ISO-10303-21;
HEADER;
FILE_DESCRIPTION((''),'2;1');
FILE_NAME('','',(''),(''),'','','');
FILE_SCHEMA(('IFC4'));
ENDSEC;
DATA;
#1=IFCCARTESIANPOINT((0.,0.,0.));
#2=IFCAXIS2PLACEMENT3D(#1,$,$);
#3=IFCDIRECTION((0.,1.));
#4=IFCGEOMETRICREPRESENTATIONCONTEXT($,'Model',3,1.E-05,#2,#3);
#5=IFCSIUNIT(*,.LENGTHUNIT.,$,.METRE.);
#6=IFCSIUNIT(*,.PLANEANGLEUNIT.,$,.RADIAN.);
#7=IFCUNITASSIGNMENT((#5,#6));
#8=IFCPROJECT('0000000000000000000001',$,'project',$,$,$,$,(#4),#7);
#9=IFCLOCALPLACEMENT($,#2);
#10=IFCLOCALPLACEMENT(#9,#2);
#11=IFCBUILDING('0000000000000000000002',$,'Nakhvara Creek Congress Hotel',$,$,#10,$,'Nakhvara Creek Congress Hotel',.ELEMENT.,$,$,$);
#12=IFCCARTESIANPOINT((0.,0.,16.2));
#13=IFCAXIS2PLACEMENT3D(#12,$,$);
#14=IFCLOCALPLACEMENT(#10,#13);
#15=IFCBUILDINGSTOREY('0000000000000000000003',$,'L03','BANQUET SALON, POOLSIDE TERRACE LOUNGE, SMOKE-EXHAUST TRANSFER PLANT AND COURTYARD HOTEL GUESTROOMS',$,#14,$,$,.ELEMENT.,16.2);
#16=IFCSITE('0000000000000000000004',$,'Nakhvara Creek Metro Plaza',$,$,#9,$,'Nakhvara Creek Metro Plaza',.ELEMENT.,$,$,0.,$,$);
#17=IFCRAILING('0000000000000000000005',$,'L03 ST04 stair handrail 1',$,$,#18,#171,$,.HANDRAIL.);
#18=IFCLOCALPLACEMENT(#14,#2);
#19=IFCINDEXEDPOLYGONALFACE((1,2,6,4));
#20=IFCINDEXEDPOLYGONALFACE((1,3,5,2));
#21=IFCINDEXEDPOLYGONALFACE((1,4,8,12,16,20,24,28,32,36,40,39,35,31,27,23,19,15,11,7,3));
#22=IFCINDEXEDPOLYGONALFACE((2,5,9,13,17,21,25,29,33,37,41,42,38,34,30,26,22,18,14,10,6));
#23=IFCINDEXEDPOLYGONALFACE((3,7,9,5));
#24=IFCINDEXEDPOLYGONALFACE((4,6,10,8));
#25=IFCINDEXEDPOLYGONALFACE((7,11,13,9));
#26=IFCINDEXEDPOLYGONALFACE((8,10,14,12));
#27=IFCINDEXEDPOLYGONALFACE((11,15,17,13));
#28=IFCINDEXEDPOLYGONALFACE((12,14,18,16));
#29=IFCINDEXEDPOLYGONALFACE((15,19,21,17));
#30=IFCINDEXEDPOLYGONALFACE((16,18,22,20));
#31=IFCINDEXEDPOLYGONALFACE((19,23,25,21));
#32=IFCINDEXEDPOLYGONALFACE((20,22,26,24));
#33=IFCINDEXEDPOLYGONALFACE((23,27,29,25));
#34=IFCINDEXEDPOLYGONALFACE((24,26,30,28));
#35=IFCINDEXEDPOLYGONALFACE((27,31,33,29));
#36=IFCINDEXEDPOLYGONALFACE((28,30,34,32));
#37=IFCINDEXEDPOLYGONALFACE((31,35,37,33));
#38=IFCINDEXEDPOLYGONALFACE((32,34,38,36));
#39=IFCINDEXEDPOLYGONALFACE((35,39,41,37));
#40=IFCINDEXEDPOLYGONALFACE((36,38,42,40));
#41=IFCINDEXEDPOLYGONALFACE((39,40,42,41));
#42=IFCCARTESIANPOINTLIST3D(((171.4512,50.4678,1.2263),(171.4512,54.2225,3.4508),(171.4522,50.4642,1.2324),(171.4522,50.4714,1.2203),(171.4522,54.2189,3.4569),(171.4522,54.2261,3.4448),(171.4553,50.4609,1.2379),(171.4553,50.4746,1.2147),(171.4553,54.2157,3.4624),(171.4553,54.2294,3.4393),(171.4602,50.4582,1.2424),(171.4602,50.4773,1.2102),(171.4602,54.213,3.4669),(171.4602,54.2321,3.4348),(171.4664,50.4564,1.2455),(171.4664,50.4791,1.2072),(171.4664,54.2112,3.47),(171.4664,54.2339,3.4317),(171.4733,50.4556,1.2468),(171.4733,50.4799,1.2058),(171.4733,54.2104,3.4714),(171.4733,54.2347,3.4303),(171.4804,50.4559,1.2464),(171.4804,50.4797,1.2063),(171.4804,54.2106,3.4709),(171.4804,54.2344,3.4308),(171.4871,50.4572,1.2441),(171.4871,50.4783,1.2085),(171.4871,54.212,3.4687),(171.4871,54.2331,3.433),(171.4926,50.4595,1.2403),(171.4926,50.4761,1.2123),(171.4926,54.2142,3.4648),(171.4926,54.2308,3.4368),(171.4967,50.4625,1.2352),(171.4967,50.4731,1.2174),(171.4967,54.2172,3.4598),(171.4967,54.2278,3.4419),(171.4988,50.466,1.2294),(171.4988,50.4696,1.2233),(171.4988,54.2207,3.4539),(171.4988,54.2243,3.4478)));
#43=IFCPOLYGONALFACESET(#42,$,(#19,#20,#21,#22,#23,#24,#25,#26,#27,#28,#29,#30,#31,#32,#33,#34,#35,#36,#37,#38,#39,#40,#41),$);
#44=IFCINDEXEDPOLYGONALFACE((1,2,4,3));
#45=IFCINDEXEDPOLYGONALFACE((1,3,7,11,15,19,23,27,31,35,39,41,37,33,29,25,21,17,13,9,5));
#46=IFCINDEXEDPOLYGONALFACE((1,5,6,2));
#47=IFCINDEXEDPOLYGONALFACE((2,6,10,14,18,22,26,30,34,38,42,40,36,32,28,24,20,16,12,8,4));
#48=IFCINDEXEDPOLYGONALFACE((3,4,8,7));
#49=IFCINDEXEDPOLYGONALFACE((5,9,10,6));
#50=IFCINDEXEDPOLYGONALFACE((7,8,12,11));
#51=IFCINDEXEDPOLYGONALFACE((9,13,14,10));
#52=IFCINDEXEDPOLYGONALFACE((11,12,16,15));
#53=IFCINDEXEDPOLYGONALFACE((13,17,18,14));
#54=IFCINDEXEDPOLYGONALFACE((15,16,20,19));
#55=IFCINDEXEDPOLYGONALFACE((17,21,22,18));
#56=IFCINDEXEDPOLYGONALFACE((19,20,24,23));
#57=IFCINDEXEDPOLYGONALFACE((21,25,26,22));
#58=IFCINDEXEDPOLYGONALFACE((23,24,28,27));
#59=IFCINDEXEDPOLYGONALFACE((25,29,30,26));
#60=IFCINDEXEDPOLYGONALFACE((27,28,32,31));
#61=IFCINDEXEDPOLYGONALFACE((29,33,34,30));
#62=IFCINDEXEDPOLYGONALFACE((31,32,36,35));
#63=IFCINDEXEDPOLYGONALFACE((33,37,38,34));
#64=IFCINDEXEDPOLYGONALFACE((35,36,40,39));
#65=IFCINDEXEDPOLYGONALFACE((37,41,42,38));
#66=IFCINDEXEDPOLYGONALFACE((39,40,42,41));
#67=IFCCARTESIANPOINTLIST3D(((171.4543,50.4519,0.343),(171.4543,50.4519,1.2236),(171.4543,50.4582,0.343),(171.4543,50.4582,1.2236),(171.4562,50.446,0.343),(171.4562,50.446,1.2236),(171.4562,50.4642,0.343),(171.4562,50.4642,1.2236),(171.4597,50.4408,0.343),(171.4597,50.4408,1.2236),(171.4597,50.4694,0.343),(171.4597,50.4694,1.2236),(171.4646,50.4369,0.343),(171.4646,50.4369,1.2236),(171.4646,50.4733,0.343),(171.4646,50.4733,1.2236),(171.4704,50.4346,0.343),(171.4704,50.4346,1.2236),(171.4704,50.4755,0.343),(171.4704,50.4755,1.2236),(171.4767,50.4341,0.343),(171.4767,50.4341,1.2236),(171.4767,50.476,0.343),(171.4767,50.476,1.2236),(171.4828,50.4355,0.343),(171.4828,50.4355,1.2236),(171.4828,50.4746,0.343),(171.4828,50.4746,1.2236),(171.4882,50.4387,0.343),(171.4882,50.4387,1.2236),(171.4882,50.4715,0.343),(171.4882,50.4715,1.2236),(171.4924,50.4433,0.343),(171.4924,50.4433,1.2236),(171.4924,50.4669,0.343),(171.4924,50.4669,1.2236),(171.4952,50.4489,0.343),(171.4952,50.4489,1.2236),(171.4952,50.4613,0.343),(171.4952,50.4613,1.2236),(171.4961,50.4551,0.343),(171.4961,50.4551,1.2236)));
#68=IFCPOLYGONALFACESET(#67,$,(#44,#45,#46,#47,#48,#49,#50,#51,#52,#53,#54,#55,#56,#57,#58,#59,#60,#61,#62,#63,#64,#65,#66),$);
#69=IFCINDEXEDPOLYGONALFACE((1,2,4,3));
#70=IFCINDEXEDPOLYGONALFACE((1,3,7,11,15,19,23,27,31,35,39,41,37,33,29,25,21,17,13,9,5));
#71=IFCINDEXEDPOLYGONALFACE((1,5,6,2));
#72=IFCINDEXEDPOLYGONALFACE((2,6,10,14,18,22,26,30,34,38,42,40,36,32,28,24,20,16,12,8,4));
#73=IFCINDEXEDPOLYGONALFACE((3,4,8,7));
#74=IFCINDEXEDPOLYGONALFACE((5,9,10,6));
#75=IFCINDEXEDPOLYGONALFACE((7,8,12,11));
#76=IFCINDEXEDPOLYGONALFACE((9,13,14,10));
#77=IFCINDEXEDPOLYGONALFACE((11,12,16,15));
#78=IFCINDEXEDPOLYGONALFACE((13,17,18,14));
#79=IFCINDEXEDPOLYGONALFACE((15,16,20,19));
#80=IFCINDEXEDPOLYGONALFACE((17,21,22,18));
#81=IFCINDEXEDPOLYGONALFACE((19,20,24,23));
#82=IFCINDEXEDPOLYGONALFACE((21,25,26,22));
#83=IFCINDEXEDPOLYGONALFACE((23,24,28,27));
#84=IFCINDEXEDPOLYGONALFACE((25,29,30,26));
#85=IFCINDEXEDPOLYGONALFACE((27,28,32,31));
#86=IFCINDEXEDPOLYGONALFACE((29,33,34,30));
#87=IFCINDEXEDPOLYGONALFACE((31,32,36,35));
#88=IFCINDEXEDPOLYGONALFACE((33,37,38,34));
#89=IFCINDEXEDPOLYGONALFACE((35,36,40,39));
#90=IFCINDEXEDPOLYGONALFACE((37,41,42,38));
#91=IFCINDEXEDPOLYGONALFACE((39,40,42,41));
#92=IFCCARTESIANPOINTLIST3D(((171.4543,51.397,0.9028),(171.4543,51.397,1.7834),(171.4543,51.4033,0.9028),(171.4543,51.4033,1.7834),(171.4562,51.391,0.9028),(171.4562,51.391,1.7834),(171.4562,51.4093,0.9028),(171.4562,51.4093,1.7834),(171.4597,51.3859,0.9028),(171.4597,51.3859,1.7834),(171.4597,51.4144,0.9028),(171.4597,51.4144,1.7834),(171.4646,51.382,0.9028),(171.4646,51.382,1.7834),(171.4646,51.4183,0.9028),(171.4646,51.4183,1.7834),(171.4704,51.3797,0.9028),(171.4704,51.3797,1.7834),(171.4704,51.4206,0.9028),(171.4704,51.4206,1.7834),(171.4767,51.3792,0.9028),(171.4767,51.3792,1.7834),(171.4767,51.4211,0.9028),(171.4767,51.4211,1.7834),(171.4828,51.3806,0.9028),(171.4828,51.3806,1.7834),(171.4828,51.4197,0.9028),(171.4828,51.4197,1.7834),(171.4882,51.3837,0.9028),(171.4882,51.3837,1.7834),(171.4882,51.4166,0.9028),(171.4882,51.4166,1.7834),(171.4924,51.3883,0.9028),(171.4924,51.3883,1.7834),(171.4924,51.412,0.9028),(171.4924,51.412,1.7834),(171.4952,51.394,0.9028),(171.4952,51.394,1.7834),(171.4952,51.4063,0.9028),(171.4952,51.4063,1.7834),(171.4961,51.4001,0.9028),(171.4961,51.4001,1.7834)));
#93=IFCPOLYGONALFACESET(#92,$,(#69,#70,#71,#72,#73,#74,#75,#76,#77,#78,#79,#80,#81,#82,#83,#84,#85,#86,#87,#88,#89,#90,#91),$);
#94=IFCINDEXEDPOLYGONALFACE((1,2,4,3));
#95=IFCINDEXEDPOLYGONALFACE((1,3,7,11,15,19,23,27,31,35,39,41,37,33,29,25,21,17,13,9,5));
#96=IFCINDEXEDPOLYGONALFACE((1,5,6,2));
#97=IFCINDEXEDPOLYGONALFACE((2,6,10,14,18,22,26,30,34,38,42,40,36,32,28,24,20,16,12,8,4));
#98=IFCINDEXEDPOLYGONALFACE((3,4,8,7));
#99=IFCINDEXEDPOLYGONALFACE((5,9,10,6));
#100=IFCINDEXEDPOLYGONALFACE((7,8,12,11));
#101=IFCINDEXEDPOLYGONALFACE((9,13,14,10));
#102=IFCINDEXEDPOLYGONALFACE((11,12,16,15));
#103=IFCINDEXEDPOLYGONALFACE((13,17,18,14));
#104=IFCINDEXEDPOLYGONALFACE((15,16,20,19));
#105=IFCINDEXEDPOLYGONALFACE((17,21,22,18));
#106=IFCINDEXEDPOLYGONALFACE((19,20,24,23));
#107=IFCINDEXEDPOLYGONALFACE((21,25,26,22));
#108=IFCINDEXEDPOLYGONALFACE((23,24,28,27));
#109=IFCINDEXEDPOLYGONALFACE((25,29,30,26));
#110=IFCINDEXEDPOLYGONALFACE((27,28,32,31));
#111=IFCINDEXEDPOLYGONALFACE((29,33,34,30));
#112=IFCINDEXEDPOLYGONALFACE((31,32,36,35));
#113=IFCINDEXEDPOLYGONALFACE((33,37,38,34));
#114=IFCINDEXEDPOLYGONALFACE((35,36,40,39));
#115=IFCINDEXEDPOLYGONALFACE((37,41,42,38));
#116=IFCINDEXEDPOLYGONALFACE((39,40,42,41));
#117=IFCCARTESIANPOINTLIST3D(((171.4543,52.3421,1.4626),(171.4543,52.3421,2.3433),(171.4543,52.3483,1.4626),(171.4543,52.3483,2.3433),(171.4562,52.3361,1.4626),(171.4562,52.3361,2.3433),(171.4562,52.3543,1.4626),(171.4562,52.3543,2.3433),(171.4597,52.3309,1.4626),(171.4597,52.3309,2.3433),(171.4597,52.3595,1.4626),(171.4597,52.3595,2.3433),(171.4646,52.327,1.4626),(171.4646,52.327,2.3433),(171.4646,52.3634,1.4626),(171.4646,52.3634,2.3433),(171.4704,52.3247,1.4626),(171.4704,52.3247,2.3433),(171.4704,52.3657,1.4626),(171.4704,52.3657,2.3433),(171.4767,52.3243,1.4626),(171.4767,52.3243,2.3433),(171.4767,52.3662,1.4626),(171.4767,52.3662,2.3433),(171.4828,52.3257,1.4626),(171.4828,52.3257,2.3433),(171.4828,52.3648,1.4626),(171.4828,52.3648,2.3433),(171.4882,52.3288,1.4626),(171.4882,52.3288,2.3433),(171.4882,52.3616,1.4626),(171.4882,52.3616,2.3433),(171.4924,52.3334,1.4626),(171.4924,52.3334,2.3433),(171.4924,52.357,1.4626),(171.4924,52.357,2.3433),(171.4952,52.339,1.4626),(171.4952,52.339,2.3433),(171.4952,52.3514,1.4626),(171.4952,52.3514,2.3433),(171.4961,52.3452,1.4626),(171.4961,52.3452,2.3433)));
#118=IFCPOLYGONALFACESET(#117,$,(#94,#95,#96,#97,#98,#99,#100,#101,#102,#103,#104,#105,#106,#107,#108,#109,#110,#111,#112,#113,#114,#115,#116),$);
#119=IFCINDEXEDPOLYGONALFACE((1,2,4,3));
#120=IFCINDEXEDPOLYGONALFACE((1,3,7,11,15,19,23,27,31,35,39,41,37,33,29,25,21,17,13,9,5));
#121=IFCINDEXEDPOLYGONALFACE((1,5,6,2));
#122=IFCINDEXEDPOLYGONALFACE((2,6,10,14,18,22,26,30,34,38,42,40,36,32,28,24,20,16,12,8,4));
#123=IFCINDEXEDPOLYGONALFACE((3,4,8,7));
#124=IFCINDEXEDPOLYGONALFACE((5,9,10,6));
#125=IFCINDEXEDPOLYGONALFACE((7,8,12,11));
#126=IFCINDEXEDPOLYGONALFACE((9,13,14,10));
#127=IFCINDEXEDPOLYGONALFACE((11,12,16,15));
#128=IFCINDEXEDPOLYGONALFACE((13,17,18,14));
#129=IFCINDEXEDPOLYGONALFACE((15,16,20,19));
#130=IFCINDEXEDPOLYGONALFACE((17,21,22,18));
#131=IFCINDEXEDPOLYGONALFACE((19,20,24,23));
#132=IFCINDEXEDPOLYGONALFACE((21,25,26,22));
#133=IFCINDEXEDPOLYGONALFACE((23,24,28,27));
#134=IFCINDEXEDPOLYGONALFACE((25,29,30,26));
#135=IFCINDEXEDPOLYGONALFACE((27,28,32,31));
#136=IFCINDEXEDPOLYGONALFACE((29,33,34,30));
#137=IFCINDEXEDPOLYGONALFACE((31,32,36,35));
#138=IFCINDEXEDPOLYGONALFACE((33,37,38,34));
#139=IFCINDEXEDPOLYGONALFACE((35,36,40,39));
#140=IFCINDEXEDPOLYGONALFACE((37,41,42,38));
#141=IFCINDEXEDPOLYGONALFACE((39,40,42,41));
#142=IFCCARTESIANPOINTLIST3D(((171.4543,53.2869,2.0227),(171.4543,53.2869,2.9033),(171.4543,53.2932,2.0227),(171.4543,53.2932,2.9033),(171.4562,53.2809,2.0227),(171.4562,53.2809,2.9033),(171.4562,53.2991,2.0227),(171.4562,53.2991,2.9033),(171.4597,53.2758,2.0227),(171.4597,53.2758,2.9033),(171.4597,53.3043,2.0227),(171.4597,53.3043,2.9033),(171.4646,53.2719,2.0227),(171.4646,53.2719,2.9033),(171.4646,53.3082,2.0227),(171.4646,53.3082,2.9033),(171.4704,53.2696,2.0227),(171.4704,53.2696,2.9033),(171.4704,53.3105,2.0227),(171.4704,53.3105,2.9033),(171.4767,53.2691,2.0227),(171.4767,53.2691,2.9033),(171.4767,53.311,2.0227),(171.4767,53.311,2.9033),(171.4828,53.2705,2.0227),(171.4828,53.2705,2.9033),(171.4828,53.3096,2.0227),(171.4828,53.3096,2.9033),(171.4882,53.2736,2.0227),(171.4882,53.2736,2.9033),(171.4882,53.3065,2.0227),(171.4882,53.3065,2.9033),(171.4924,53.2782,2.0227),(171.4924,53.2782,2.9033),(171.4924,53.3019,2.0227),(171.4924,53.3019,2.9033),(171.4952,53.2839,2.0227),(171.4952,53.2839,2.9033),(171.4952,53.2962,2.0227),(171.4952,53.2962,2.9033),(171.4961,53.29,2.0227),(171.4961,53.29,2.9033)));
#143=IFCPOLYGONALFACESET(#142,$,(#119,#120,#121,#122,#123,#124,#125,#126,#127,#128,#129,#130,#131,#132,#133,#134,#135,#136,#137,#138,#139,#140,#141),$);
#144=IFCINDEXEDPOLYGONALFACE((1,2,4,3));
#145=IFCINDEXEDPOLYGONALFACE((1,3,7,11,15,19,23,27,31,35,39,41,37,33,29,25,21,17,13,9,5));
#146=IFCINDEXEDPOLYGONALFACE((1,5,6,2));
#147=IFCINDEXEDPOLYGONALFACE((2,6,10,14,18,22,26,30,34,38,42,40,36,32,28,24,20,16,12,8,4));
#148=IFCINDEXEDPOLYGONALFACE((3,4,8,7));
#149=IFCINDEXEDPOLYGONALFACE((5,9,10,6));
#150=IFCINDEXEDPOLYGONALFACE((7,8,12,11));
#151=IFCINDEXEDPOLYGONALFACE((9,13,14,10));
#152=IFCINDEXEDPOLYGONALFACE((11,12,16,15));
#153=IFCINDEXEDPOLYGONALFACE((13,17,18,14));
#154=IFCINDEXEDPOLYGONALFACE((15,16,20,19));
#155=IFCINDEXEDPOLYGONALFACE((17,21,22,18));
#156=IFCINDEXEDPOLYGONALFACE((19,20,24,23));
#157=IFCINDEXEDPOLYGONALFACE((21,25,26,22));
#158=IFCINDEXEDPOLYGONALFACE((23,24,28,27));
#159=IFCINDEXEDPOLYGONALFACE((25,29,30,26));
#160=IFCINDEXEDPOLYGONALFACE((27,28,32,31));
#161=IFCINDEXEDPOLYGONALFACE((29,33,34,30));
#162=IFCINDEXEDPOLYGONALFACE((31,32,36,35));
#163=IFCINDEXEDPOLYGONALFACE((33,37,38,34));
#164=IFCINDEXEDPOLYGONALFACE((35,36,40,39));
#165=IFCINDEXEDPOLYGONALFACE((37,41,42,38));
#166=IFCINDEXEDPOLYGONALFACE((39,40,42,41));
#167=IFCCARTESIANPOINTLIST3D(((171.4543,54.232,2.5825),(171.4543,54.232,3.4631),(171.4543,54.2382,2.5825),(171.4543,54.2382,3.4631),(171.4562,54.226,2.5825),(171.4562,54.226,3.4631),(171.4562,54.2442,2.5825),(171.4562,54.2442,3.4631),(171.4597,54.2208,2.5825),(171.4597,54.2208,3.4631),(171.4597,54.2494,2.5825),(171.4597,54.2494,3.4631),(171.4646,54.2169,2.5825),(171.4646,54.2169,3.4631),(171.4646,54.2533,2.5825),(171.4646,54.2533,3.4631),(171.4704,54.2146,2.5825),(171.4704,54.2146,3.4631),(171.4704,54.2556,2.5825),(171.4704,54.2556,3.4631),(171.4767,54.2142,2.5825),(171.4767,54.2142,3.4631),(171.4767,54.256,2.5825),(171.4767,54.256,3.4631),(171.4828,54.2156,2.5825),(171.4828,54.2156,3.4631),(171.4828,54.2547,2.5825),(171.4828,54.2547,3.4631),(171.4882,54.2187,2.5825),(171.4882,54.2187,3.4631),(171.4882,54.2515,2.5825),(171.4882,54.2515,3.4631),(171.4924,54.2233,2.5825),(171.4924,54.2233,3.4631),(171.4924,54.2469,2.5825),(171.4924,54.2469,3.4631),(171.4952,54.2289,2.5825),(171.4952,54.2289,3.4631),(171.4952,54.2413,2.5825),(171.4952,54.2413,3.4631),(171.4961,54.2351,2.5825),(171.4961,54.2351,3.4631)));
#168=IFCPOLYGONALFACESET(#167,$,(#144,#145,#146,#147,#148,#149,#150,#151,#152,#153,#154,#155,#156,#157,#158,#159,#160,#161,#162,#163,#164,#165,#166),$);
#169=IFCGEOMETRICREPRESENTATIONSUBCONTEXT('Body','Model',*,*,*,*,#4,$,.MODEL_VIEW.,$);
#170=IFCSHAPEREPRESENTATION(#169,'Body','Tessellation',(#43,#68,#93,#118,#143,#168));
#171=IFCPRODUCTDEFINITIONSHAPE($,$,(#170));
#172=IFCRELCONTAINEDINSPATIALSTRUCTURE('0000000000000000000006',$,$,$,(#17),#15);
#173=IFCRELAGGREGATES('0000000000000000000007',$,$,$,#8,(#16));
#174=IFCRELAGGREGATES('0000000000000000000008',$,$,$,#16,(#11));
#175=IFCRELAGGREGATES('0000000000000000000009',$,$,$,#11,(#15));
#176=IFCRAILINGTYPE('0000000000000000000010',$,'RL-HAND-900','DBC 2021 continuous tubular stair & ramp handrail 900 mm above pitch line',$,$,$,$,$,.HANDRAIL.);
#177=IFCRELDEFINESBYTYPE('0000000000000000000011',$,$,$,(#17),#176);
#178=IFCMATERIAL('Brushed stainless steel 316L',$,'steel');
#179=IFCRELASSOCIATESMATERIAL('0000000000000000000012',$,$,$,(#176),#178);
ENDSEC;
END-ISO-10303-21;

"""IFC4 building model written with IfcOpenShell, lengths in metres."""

from ifc_helpers import new_model, si_unit, direction, frame, origin, origin_2d, place, context, subcontext, project, spatial, circle, extrude, material, type_object, element, save


model = new_model("IFC4")

# Units and contexts
model_context = context("Model", 3, precision=1e-05, world=origin(), true_north=direction((0.0, 1.0)))
body_context = subcontext(model_context, "Body", "Model", "MODEL_VIEW")
ifc_project = project(units=[si_unit("LENGTHUNIT", "METRE"), si_unit("PLANEANGLEUNIT", "RADIAN")], contexts=[model_context])

# Site, building, storey
site_placement = place(None, origin())
site = spatial("IfcSite", under=ifc_project, at=site_placement, Name="Nakhvara Creek Metro Plaza", LongName="Nakhvara Creek Metro Plaza", CompositionType="ELEMENT", RefElevation=0.0)
building_placement = place(site_placement, origin())
building = spatial("IfcBuilding", under=site, at=building_placement, Name="Nakhvara Creek Congress Hotel", LongName="Nakhvara Creek Congress Hotel", CompositionType="ELEMENT")
storey_placement = place(building_placement, frame((0.0, 0.0, 16.2)))
storey = spatial("IfcBuildingStorey", under=building, at=storey_placement, Name="L03", Description="BANQUET SALON, POOLSIDE TERRACE LOUNGE, SMOKE-EXHAUST TRANSFER PLANT AND COURTYARD HOTEL GUESTROOMS", CompositionType="ELEMENT", Elevation=16.2)

# Railing
ifc_material_1 = material(Name="Brushed stainless steel 316L", Category="steel")
railing_type_1 = type_object("IfcRailingType", Name="RL-HAND-900", Description="DBC 2021 continuous tubular stair & ramp handrail 900 mm above pitch line", PredefinedType="HANDRAIL", material=ifc_material_1)
railing_1_placement = place(storey_placement, frame((171.4751, 50.4551, 0.343)))
element("IfcRailing", 1, at=railing_1_placement, inside=storey, type_object=railing_type_1, Name="L03 ST04 stair handrail 1", PredefinedType="HANDRAIL", context=body_context, shape_type="SweptSolid", body=[
    extrude(circle(Radius=0.0239, at=origin_2d()), frame((0.0, 0.0127, 0.8833), z_axis=(0.0, 0.860343, 0.509716), x_axis=(-1.0, 0.0, 0.0)), (0.0, 0.0, 1.0), 4.3643),
    extrude(circle(Radius=0.021, at=origin_2d()), origin(), (0.0, 0.0, 1.0), 0.8806),
    extrude(circle(Radius=0.021, at=origin_2d()), frame((0.0, 0.9451, 0.5598)), (0.0, 0.0, 1.0), 0.8806),
    extrude(circle(Radius=0.021, at=origin_2d()), frame((0.0, 1.8901, 1.1196)), (0.0, 0.0, 1.0), 0.8806),
    extrude(circle(Radius=0.021, at=origin_2d()), frame((0.0, 2.835, 1.6797)), (0.0, 0.0, 1.0), 0.8806),
    extrude(circle(Radius=0.021, at=origin_2d()), frame((0.0, 3.78, 2.2395)), (0.0, 0.0, 1.0), 0.8806),
])

save(model, "model.ifc")
